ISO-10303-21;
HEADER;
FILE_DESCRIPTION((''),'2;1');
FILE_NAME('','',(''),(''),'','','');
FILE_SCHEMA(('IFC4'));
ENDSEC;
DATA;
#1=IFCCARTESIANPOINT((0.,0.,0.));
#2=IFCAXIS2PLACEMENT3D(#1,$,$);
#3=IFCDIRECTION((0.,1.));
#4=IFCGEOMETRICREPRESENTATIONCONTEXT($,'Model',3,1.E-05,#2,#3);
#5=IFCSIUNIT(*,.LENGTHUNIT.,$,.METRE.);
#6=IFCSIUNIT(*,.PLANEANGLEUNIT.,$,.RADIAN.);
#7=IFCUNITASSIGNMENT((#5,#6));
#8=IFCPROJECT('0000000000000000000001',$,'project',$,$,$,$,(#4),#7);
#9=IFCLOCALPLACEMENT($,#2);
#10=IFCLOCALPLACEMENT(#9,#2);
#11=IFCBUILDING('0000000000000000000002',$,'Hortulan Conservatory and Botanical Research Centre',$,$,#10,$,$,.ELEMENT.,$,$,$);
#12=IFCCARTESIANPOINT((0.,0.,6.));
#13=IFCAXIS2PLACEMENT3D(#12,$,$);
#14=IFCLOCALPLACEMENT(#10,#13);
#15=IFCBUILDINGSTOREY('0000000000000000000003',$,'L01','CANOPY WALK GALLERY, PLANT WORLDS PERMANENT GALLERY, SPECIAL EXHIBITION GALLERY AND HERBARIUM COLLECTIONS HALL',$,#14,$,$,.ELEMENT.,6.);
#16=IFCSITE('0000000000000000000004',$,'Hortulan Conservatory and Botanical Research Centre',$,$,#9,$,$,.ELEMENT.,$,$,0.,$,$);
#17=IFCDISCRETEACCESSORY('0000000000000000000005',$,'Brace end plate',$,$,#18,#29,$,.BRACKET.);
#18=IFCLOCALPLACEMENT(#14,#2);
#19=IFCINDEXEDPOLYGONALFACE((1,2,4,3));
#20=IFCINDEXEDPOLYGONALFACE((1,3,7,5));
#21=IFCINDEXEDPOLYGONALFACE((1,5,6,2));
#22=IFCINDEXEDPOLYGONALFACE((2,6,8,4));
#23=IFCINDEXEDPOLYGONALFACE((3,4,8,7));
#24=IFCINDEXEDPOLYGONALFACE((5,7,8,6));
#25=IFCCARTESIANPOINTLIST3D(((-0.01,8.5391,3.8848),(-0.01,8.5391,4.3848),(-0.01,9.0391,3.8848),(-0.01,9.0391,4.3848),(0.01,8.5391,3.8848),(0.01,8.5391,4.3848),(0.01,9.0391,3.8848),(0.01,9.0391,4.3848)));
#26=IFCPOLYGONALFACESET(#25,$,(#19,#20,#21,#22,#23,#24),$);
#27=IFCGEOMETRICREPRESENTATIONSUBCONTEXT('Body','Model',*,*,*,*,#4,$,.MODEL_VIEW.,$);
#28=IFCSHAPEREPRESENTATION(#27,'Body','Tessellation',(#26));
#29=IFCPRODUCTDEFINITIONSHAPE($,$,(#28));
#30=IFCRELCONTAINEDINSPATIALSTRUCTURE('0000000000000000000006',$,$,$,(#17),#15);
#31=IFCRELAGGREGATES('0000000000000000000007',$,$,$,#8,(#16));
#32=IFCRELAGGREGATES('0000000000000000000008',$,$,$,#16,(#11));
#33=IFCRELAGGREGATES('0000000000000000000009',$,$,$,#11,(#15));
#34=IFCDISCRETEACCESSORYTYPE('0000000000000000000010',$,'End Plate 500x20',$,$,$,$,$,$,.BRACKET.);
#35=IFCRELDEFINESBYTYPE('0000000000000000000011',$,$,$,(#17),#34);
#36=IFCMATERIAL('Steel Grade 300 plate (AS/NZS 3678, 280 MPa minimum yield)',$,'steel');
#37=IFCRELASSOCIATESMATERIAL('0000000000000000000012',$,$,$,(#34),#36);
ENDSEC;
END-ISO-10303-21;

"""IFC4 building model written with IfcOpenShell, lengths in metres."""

from ifc_helpers import new_model, si_unit, direction, frame, origin, origin_2d, place, context, subcontext, project, spatial, rectangle, extrude, material, type_object, element, save


model = new_model("IFC4")

# Units and contexts
model_context = context("Model", 3, precision=1e-05, world=origin(), true_north=direction((0.0, 1.0)))
body_context = subcontext(model_context, "Body", "Model", "MODEL_VIEW")
ifc_project = project(units=[si_unit("LENGTHUNIT", "METRE"), si_unit("PLANEANGLEUNIT", "RADIAN")], contexts=[model_context])

# Site, building, storey
site_placement = place(None, origin())
site = spatial("IfcSite", under=ifc_project, at=site_placement, Name="Hortulan Conservatory and Botanical Research Centre", CompositionType="ELEMENT", RefElevation=0.0)
building_placement = place(site_placement, origin())
building = spatial("IfcBuilding", under=site, at=building_placement, Name="Hortulan Conservatory and Botanical Research Centre", CompositionType="ELEMENT")
storey_placement = place(building_placement, frame((0.0, 0.0, 6.0)))
storey = spatial("IfcBuildingStorey", under=building, at=storey_placement, Name="L01", Description="CANOPY WALK GALLERY, PLANT WORLDS PERMANENT GALLERY, SPECIAL EXHIBITION GALLERY AND HERBARIUM COLLECTIONS HALL", CompositionType="ELEMENT", Elevation=6.0)

# Discrete accessory
ifc_material_1 = material(Name="Steel Grade 300 plate (AS/NZS 3678, 280 MPa minimum yield)", Category="steel")
discrete_accessory_type = type_object("IfcDiscreteAccessoryType", Name="End Plate 500x20", PredefinedType="BRACKET", material=ifc_material_1)
for number, where, z_axis, x_axis, name in (
    (1, (0.0, 8.7891, 3.8848), (0.0, 0.0, 1.0), (0.0, -1.0, 0.0), "Brace end plate"),
):
    element("IfcDiscreteAccessory", number, at=place(storey_placement, frame(where, z_axis=z_axis, x_axis=x_axis)), inside=storey, type_object=discrete_accessory_type, Name=name, PredefinedType="BRACKET", context=body_context, shape_type="SweptSolid", body=[
        extrude(rectangle(XDim=0.5, YDim=0.02, at=origin_2d()), origin(), (0.0, 0.0, 1.0), 0.5),
    ])

save(model, "model.ifc")
